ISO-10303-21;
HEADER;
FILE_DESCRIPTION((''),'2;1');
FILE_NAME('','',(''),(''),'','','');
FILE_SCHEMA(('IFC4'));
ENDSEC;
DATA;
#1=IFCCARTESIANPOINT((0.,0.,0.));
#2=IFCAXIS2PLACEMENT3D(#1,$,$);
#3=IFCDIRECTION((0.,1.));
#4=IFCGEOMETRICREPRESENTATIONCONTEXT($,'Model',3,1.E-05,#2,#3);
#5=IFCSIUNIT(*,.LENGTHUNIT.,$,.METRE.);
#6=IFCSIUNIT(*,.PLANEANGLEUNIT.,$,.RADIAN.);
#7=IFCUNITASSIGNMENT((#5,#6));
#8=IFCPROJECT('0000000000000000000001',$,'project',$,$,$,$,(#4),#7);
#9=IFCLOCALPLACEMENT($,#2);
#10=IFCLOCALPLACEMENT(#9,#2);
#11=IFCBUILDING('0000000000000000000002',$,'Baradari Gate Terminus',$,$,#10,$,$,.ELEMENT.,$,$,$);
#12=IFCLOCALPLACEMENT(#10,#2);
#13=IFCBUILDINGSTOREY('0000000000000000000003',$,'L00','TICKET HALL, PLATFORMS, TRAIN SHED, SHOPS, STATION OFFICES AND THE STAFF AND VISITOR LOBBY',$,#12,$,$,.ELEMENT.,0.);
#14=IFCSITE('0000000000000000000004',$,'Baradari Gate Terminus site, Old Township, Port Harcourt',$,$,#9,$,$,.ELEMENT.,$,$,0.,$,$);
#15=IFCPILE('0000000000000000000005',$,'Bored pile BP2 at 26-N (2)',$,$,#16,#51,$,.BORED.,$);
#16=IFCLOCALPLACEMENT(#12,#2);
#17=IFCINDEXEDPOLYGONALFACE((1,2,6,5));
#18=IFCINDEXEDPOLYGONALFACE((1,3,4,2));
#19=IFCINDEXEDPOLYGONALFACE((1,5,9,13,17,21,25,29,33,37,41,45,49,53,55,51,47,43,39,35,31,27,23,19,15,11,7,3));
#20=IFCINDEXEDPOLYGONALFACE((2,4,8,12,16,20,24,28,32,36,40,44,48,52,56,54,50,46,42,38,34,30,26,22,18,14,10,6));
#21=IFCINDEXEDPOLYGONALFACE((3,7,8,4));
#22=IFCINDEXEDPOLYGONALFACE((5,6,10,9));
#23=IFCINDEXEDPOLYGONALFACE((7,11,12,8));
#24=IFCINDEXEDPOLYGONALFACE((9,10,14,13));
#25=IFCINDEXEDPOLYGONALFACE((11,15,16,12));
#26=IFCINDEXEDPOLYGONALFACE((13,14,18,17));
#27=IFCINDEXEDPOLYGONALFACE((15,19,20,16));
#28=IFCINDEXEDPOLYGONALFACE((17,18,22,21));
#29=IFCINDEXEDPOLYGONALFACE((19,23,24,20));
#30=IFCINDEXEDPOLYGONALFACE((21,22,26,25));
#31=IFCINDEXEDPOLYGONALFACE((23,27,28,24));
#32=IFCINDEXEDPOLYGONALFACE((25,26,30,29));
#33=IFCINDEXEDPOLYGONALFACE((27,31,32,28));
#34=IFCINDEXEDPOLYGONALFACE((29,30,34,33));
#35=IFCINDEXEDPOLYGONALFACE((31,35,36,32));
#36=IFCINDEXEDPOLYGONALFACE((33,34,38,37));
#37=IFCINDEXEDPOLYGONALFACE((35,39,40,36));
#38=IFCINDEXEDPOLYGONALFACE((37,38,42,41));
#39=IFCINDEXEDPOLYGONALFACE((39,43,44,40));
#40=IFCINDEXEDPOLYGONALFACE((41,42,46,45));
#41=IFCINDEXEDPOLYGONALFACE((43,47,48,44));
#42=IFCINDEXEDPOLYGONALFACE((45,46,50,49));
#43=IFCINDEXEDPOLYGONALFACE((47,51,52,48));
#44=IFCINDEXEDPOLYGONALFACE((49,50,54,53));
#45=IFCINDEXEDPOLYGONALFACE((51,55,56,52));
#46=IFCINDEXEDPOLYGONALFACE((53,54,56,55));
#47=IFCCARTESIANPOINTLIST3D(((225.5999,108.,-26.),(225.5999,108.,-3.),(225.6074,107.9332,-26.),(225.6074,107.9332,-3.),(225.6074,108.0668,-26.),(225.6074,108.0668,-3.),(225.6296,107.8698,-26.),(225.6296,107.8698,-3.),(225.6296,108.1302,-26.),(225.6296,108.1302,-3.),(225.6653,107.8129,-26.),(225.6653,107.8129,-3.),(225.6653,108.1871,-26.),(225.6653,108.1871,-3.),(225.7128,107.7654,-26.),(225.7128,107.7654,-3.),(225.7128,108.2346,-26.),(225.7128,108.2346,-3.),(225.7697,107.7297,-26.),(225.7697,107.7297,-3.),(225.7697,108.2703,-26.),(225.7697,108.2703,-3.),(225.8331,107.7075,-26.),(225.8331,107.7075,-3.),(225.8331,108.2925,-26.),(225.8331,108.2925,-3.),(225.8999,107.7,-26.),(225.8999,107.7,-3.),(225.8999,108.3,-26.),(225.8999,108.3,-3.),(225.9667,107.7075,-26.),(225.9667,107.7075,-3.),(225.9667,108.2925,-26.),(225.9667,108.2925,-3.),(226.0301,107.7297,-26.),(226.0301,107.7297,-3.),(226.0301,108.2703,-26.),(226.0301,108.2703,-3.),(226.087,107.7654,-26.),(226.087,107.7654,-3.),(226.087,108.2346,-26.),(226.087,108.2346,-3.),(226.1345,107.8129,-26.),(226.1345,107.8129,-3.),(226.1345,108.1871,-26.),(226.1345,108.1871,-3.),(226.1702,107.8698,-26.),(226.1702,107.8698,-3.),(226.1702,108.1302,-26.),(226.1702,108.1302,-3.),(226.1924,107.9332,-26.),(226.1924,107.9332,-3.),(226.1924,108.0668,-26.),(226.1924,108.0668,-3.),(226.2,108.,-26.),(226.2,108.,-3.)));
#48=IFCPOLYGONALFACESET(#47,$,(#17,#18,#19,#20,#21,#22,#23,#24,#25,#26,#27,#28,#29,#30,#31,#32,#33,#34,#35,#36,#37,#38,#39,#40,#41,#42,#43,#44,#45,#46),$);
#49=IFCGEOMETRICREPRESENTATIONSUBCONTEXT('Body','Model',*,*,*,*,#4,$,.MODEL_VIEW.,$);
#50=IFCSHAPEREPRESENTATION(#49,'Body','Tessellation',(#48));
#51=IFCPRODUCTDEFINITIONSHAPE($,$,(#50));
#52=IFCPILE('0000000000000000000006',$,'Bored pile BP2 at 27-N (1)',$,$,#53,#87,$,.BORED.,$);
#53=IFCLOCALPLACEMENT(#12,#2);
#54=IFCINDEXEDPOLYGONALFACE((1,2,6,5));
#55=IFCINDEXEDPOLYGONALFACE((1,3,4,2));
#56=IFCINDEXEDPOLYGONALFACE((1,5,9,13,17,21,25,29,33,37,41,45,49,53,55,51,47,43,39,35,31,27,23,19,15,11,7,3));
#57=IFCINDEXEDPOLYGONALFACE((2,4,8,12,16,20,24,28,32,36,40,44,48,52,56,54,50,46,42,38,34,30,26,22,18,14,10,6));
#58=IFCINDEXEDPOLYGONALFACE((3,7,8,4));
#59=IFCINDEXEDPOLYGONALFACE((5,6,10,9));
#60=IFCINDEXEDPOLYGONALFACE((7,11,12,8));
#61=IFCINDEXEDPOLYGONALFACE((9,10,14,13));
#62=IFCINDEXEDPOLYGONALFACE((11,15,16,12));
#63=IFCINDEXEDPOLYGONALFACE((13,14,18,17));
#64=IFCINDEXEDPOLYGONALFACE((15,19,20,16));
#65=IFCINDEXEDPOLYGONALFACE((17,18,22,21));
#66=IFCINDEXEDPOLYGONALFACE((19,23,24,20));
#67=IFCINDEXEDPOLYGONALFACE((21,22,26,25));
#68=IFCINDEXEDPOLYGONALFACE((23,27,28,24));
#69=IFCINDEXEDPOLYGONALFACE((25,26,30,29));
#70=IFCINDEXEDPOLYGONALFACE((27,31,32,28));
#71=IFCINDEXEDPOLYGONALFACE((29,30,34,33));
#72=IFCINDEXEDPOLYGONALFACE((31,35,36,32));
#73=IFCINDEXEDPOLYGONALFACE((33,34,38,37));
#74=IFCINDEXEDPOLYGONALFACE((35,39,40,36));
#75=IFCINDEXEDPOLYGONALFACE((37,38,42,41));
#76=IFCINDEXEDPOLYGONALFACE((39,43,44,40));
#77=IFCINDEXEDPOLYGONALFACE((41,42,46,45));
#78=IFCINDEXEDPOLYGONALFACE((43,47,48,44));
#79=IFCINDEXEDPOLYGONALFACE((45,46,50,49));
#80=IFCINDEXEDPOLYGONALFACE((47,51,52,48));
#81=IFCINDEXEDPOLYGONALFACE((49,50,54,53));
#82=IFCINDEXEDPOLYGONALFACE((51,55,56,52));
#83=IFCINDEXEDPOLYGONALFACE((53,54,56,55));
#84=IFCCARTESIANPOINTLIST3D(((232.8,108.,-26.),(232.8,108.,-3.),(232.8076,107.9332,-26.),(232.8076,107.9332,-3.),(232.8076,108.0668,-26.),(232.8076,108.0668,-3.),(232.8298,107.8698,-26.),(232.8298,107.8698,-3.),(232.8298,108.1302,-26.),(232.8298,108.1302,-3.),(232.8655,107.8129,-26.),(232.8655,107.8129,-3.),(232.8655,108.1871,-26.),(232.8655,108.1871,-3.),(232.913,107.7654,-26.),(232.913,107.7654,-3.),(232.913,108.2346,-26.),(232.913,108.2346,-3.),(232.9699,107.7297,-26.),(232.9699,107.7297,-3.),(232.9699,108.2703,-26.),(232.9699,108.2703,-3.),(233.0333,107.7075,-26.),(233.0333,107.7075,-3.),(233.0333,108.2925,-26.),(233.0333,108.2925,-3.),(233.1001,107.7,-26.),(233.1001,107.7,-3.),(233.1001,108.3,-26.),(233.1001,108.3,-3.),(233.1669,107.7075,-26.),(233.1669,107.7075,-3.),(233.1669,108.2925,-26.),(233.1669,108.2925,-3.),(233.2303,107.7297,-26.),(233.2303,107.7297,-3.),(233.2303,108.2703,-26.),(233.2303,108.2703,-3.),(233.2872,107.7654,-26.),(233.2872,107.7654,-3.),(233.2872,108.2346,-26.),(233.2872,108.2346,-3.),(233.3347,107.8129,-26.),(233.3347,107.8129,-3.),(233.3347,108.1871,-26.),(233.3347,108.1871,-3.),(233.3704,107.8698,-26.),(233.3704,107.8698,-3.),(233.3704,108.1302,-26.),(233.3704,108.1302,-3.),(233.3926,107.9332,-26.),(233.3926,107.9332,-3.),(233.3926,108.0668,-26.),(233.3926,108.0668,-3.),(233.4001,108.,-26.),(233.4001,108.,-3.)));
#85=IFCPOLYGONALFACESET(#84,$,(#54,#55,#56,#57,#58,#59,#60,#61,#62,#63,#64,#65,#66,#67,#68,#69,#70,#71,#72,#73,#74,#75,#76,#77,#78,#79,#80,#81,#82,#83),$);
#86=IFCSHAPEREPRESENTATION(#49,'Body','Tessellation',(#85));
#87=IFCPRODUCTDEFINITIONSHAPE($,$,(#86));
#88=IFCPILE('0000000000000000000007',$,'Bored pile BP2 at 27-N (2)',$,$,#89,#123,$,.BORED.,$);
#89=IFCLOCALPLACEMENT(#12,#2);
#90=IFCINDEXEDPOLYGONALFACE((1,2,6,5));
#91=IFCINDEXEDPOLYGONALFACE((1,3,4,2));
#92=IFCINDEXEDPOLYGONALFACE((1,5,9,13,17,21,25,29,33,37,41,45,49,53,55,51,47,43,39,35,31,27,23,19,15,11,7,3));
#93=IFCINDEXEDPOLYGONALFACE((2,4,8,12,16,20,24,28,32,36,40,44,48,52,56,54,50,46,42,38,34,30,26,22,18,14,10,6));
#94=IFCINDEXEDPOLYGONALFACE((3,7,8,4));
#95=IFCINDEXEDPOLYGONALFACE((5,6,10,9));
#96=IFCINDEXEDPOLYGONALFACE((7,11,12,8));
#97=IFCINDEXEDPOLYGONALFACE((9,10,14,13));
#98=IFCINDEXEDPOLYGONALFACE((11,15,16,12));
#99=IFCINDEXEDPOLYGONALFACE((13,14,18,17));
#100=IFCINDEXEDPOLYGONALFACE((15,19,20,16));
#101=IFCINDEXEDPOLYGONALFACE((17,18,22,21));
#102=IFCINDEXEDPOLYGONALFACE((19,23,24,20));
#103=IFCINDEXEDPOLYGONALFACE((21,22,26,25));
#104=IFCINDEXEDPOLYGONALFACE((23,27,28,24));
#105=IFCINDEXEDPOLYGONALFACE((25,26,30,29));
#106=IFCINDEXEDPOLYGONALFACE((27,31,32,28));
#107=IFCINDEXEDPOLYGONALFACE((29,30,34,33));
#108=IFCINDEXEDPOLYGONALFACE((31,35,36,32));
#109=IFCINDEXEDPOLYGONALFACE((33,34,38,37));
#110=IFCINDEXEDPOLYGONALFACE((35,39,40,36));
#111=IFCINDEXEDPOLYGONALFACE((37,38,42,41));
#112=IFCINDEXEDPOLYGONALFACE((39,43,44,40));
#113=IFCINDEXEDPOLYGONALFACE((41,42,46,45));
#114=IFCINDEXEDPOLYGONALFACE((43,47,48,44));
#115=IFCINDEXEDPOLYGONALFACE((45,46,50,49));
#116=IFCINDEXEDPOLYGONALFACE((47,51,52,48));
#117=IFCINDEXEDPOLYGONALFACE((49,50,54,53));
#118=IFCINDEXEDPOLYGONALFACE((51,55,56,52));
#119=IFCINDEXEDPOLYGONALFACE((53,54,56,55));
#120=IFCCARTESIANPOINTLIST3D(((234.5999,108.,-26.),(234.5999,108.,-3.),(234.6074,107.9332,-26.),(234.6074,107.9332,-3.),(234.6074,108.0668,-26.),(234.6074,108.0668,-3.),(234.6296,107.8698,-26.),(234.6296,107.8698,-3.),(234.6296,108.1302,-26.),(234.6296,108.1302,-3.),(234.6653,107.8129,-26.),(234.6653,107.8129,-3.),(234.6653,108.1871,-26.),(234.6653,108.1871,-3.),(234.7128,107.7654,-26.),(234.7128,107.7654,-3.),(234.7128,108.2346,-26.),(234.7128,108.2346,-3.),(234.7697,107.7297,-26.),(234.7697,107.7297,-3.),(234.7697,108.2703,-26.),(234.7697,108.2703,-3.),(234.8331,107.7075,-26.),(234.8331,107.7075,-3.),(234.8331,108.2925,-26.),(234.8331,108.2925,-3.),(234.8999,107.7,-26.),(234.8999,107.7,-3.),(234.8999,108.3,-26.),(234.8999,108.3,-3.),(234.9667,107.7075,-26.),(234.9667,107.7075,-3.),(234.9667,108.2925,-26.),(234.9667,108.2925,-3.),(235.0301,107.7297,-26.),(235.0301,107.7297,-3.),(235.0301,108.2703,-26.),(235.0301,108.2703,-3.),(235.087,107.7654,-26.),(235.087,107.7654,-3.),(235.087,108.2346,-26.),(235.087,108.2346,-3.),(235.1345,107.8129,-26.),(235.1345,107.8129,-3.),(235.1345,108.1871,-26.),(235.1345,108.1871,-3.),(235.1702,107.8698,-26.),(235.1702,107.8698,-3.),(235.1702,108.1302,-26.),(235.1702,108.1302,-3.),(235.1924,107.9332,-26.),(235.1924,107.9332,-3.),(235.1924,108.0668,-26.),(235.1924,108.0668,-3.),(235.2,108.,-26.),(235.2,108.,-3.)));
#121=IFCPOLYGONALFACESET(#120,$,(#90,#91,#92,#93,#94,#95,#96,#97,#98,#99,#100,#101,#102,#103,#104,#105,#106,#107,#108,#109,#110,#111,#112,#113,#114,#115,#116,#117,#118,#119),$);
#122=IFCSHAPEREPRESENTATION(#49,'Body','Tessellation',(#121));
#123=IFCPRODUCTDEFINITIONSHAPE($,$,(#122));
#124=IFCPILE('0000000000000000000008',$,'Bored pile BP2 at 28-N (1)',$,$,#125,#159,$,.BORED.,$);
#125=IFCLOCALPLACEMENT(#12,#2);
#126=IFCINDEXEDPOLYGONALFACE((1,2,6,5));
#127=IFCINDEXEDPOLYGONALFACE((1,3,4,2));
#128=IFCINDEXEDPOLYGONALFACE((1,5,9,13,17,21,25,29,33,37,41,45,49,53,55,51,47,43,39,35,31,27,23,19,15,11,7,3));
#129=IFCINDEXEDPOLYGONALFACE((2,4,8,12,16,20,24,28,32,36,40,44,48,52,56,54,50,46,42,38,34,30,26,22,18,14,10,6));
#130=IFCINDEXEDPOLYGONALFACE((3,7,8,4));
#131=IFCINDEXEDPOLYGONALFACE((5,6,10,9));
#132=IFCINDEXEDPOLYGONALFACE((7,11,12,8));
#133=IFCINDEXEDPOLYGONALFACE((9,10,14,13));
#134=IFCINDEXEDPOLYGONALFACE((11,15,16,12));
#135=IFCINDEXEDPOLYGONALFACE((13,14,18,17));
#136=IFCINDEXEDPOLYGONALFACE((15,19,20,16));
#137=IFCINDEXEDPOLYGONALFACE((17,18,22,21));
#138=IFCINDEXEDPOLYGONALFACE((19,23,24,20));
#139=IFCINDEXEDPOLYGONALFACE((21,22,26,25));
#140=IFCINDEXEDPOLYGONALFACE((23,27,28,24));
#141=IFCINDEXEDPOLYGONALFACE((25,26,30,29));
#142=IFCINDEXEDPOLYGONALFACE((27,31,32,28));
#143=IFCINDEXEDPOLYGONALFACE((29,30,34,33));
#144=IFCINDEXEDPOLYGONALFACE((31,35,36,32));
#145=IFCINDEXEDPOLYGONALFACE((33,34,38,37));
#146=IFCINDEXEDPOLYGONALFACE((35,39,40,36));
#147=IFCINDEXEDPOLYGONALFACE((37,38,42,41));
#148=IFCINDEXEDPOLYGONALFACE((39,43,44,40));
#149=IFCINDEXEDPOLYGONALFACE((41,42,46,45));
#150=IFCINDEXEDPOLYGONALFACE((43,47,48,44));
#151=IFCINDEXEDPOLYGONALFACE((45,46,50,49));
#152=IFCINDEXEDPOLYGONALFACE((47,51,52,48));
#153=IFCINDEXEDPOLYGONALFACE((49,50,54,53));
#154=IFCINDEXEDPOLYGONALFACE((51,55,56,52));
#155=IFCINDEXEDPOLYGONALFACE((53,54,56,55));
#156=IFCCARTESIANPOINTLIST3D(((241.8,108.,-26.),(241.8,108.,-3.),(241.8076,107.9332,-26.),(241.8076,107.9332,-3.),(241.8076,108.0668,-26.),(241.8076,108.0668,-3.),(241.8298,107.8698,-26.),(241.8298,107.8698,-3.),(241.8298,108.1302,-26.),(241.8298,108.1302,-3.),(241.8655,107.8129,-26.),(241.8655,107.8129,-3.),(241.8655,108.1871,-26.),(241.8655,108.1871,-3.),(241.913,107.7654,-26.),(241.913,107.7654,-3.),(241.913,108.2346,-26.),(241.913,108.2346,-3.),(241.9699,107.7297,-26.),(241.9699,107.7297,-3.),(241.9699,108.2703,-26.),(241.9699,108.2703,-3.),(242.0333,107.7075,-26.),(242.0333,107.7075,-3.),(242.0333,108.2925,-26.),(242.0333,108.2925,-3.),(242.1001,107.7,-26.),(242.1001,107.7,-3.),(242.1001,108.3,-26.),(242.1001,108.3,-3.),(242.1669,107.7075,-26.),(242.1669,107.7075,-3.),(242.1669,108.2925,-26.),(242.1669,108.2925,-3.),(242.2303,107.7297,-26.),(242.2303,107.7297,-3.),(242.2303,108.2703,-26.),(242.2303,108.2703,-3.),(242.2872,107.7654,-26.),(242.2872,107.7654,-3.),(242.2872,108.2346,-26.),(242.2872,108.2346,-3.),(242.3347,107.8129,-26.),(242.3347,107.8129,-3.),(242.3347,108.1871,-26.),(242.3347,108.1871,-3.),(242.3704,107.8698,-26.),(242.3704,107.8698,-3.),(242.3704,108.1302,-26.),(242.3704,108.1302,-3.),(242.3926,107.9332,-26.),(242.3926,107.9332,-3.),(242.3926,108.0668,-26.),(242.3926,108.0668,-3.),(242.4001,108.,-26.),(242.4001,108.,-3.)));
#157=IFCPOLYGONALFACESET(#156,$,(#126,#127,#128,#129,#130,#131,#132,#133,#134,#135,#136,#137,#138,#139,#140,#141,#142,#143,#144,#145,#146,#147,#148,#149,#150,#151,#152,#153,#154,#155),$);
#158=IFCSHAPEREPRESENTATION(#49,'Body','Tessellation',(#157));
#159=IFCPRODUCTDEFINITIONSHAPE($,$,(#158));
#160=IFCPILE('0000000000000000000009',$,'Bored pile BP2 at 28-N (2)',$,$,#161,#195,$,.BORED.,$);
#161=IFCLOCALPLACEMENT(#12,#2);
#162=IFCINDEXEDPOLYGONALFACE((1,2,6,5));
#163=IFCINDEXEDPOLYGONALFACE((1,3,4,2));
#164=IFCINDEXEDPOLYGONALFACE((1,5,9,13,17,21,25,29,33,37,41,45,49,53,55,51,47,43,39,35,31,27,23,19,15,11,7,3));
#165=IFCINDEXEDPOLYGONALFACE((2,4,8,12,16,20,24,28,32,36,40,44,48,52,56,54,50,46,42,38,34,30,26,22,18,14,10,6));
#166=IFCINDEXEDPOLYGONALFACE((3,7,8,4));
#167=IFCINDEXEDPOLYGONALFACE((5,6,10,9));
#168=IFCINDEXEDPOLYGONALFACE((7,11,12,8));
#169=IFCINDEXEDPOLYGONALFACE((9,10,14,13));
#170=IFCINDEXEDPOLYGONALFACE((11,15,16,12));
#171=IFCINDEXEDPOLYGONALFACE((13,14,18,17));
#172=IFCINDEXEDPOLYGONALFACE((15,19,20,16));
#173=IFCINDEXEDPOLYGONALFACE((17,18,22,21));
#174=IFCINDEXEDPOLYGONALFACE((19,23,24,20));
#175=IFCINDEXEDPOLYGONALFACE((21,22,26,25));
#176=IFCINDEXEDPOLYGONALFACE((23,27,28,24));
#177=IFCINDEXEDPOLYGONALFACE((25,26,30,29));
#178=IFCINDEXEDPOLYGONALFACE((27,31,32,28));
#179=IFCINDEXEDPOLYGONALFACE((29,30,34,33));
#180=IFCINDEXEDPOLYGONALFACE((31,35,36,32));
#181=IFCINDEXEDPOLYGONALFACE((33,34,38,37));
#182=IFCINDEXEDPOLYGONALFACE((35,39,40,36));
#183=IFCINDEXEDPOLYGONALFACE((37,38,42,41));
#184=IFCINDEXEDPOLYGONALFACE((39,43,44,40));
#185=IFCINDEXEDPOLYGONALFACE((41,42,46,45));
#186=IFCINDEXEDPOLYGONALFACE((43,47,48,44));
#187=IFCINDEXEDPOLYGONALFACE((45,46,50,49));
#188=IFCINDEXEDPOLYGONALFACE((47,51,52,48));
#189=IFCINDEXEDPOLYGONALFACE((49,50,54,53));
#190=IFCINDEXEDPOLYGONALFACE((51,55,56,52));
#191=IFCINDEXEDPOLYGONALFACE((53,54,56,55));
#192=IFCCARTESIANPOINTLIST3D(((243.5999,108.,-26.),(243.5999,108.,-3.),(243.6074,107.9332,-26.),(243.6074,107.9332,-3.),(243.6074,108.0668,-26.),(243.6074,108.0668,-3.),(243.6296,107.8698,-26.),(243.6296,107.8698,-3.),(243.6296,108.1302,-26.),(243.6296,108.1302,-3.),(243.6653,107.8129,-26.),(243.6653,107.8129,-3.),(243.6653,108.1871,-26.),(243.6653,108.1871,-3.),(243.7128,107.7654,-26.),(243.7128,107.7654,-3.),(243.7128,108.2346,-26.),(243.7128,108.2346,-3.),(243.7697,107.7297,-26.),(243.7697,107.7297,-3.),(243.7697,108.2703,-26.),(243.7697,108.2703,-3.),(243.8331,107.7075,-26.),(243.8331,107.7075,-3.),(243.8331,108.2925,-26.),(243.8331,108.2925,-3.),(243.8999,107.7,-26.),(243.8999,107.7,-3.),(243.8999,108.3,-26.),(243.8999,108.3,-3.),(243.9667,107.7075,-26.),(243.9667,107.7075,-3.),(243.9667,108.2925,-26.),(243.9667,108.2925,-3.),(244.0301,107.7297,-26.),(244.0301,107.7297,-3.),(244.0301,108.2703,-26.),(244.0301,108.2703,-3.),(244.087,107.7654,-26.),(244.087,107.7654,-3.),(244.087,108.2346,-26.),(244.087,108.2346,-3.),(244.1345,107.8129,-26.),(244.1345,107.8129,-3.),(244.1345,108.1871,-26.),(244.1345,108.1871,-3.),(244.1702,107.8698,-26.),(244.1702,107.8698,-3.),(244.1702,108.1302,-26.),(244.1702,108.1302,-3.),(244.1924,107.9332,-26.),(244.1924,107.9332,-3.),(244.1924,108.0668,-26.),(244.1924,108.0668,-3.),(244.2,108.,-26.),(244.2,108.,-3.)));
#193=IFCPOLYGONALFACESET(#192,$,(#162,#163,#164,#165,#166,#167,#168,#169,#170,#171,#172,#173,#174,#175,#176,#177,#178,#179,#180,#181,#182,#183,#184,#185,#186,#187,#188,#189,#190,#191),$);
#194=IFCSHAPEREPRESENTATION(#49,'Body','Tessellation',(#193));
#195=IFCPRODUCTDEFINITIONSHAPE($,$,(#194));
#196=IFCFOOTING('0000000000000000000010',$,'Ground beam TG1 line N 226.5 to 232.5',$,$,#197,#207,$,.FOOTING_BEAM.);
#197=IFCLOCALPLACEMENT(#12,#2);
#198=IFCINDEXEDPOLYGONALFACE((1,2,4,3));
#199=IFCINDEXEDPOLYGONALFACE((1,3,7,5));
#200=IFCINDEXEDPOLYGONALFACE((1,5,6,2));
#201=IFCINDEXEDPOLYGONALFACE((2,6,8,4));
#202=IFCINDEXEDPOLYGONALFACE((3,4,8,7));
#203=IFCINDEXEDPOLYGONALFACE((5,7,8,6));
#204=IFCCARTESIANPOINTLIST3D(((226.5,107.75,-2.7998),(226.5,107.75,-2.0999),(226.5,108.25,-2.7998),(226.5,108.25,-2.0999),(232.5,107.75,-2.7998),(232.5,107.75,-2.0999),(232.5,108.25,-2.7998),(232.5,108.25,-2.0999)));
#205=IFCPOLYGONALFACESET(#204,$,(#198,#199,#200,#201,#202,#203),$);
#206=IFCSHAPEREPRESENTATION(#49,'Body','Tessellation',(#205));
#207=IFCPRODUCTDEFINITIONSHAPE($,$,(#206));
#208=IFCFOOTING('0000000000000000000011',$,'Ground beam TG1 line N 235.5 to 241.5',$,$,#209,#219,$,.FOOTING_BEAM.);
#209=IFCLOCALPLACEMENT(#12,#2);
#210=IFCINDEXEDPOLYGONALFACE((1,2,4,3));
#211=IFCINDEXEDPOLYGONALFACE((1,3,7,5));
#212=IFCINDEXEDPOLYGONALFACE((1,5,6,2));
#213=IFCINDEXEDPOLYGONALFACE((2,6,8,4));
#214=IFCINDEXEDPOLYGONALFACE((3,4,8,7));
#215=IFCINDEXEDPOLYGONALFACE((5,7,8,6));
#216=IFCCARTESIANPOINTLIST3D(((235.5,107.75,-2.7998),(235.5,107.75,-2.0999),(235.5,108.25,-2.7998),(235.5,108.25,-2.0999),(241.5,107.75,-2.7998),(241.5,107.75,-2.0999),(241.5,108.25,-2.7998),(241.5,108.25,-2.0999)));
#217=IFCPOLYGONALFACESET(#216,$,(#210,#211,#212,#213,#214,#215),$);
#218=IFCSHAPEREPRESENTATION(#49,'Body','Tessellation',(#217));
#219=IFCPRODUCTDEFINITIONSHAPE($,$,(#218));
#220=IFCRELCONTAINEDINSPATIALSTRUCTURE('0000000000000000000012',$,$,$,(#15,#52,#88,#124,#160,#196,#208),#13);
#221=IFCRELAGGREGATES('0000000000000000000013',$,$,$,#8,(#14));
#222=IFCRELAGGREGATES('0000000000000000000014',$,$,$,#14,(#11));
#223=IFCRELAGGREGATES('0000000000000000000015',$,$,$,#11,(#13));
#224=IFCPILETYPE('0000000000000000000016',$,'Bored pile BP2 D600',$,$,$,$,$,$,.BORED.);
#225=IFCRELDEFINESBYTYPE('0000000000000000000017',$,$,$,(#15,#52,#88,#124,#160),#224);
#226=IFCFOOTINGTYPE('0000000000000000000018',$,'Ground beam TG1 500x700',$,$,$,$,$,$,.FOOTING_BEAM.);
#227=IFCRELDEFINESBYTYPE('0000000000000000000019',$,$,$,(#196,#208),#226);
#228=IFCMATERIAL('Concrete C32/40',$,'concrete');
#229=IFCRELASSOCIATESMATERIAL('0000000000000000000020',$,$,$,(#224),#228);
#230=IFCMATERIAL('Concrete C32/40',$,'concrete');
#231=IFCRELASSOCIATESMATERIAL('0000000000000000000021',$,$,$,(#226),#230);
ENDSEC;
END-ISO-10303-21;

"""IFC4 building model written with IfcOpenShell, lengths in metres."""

from ifc_helpers import new_model, si_unit, direction, frame, origin, origin_2d, place, context, subcontext, project, spatial, rectangle, circle, extrude, material, type_object, element, save


model = new_model("IFC4")

# Units and contexts
model_context = context("Model", 3, precision=1e-05, world=origin(), true_north=direction((0.0, 1.0)))
body_context = subcontext(model_context, "Body", "Model", "MODEL_VIEW")
ifc_project = project(units=[si_unit("LENGTHUNIT", "METRE"), si_unit("PLANEANGLEUNIT", "RADIAN")], contexts=[model_context])

# Site, building, storey
site_placement = place(None, origin())
site = spatial("IfcSite", under=ifc_project, at=site_placement, Name="Baradari Gate Terminus site, Old Township, Port Harcourt", CompositionType="ELEMENT", RefElevation=0.0)
building_placement = place(site_placement, origin())
building = spatial("IfcBuilding", under=site, at=building_placement, Name="Baradari Gate Terminus", CompositionType="ELEMENT")
storey_placement = place(building_placement, origin())
storey = spatial("IfcBuildingStorey", under=building, at=storey_placement, Name="L00", Description="TICKET HALL, PLATFORMS, TRAIN SHED, SHOPS, STATION OFFICES AND THE STAFF AND VISITOR LOBBY", CompositionType="ELEMENT", Elevation=0.0)

# Piles
ifc_material_1 = material(Name="Concrete C32/40", Category="concrete")
pile_type = type_object("IfcPileType", Name="Bored pile BP2 D600", PredefinedType="BORED", material=ifc_material_1)
for number, where, z_axis, x_axis, name in (
    (1, (225.8999, 108.0, -3.0), (0.0, 0.0, -1.0), (1.0, 0.0, 0.0), "Bored pile BP2 at 26-N (2)"),
    (2, (233.1001, 108.0, -3.0), (0.0, 0.0, -1.0), (1.0, 0.0, 0.0), "Bored pile BP2 at 27-N (1)"),
    (3, (234.8999, 108.0, -3.0), (0.0, 0.0, -1.0), (1.0, 0.0, 0.0), "Bored pile BP2 at 27-N (2)"),
    (4, (242.1001, 108.0, -3.0), (0.0, 0.0, -1.0), (1.0, 0.0, 0.0), "Bored pile BP2 at 28-N (1)"),
    (5, (243.8999, 108.0, -3.0), (0.0, 0.0, -1.0), (1.0, 0.0, 0.0), "Bored pile BP2 at 28-N (2)"),
):
    element("IfcPile", number, at=place(storey_placement, frame(where, z_axis=z_axis, x_axis=x_axis)), inside=storey, type_object=pile_type, Name=name, PredefinedType="BORED", context=body_context, shape_type="SweptSolid", body=[
        extrude(circle(Radius=0.3, at=origin_2d()), origin(), (0.0, 0.0, 1.0), 23.0),
    ])

# Footings
ifc_material_2 = material(Name="Concrete C32/40", Category="concrete")
footing_type_1 = type_object("IfcFootingType", Name="Ground beam TG1 500x700", PredefinedType="FOOTING_BEAM", material=ifc_material_2)
for number, where, z_axis, x_axis, name in (
    (6, (229.5, 108.0, -2.7998), (0.0, 0.0, 1.0), (1.0, 0.0, 0.0), "Ground beam TG1 line N 226.5 to 232.5"),
    (7, (238.5, 108.0, -2.7998), (0.0, 0.0, 1.0), (1.0, 0.0, 0.0), "Ground beam TG1 line N 235.5 to 241.5"),
):
    element("IfcFooting", number, at=place(storey_placement, frame(where, z_axis=z_axis, x_axis=x_axis)), inside=storey, type_object=footing_type_1, Name=name, PredefinedType="FOOTING_BEAM", context=body_context, shape_type="SweptSolid", body=[
        extrude(rectangle(XDim=6.0, YDim=0.5, at=origin_2d()), origin(), (0.0, 0.0, 1.0), 0.7),
    ])

save(model, "model.ifc")
